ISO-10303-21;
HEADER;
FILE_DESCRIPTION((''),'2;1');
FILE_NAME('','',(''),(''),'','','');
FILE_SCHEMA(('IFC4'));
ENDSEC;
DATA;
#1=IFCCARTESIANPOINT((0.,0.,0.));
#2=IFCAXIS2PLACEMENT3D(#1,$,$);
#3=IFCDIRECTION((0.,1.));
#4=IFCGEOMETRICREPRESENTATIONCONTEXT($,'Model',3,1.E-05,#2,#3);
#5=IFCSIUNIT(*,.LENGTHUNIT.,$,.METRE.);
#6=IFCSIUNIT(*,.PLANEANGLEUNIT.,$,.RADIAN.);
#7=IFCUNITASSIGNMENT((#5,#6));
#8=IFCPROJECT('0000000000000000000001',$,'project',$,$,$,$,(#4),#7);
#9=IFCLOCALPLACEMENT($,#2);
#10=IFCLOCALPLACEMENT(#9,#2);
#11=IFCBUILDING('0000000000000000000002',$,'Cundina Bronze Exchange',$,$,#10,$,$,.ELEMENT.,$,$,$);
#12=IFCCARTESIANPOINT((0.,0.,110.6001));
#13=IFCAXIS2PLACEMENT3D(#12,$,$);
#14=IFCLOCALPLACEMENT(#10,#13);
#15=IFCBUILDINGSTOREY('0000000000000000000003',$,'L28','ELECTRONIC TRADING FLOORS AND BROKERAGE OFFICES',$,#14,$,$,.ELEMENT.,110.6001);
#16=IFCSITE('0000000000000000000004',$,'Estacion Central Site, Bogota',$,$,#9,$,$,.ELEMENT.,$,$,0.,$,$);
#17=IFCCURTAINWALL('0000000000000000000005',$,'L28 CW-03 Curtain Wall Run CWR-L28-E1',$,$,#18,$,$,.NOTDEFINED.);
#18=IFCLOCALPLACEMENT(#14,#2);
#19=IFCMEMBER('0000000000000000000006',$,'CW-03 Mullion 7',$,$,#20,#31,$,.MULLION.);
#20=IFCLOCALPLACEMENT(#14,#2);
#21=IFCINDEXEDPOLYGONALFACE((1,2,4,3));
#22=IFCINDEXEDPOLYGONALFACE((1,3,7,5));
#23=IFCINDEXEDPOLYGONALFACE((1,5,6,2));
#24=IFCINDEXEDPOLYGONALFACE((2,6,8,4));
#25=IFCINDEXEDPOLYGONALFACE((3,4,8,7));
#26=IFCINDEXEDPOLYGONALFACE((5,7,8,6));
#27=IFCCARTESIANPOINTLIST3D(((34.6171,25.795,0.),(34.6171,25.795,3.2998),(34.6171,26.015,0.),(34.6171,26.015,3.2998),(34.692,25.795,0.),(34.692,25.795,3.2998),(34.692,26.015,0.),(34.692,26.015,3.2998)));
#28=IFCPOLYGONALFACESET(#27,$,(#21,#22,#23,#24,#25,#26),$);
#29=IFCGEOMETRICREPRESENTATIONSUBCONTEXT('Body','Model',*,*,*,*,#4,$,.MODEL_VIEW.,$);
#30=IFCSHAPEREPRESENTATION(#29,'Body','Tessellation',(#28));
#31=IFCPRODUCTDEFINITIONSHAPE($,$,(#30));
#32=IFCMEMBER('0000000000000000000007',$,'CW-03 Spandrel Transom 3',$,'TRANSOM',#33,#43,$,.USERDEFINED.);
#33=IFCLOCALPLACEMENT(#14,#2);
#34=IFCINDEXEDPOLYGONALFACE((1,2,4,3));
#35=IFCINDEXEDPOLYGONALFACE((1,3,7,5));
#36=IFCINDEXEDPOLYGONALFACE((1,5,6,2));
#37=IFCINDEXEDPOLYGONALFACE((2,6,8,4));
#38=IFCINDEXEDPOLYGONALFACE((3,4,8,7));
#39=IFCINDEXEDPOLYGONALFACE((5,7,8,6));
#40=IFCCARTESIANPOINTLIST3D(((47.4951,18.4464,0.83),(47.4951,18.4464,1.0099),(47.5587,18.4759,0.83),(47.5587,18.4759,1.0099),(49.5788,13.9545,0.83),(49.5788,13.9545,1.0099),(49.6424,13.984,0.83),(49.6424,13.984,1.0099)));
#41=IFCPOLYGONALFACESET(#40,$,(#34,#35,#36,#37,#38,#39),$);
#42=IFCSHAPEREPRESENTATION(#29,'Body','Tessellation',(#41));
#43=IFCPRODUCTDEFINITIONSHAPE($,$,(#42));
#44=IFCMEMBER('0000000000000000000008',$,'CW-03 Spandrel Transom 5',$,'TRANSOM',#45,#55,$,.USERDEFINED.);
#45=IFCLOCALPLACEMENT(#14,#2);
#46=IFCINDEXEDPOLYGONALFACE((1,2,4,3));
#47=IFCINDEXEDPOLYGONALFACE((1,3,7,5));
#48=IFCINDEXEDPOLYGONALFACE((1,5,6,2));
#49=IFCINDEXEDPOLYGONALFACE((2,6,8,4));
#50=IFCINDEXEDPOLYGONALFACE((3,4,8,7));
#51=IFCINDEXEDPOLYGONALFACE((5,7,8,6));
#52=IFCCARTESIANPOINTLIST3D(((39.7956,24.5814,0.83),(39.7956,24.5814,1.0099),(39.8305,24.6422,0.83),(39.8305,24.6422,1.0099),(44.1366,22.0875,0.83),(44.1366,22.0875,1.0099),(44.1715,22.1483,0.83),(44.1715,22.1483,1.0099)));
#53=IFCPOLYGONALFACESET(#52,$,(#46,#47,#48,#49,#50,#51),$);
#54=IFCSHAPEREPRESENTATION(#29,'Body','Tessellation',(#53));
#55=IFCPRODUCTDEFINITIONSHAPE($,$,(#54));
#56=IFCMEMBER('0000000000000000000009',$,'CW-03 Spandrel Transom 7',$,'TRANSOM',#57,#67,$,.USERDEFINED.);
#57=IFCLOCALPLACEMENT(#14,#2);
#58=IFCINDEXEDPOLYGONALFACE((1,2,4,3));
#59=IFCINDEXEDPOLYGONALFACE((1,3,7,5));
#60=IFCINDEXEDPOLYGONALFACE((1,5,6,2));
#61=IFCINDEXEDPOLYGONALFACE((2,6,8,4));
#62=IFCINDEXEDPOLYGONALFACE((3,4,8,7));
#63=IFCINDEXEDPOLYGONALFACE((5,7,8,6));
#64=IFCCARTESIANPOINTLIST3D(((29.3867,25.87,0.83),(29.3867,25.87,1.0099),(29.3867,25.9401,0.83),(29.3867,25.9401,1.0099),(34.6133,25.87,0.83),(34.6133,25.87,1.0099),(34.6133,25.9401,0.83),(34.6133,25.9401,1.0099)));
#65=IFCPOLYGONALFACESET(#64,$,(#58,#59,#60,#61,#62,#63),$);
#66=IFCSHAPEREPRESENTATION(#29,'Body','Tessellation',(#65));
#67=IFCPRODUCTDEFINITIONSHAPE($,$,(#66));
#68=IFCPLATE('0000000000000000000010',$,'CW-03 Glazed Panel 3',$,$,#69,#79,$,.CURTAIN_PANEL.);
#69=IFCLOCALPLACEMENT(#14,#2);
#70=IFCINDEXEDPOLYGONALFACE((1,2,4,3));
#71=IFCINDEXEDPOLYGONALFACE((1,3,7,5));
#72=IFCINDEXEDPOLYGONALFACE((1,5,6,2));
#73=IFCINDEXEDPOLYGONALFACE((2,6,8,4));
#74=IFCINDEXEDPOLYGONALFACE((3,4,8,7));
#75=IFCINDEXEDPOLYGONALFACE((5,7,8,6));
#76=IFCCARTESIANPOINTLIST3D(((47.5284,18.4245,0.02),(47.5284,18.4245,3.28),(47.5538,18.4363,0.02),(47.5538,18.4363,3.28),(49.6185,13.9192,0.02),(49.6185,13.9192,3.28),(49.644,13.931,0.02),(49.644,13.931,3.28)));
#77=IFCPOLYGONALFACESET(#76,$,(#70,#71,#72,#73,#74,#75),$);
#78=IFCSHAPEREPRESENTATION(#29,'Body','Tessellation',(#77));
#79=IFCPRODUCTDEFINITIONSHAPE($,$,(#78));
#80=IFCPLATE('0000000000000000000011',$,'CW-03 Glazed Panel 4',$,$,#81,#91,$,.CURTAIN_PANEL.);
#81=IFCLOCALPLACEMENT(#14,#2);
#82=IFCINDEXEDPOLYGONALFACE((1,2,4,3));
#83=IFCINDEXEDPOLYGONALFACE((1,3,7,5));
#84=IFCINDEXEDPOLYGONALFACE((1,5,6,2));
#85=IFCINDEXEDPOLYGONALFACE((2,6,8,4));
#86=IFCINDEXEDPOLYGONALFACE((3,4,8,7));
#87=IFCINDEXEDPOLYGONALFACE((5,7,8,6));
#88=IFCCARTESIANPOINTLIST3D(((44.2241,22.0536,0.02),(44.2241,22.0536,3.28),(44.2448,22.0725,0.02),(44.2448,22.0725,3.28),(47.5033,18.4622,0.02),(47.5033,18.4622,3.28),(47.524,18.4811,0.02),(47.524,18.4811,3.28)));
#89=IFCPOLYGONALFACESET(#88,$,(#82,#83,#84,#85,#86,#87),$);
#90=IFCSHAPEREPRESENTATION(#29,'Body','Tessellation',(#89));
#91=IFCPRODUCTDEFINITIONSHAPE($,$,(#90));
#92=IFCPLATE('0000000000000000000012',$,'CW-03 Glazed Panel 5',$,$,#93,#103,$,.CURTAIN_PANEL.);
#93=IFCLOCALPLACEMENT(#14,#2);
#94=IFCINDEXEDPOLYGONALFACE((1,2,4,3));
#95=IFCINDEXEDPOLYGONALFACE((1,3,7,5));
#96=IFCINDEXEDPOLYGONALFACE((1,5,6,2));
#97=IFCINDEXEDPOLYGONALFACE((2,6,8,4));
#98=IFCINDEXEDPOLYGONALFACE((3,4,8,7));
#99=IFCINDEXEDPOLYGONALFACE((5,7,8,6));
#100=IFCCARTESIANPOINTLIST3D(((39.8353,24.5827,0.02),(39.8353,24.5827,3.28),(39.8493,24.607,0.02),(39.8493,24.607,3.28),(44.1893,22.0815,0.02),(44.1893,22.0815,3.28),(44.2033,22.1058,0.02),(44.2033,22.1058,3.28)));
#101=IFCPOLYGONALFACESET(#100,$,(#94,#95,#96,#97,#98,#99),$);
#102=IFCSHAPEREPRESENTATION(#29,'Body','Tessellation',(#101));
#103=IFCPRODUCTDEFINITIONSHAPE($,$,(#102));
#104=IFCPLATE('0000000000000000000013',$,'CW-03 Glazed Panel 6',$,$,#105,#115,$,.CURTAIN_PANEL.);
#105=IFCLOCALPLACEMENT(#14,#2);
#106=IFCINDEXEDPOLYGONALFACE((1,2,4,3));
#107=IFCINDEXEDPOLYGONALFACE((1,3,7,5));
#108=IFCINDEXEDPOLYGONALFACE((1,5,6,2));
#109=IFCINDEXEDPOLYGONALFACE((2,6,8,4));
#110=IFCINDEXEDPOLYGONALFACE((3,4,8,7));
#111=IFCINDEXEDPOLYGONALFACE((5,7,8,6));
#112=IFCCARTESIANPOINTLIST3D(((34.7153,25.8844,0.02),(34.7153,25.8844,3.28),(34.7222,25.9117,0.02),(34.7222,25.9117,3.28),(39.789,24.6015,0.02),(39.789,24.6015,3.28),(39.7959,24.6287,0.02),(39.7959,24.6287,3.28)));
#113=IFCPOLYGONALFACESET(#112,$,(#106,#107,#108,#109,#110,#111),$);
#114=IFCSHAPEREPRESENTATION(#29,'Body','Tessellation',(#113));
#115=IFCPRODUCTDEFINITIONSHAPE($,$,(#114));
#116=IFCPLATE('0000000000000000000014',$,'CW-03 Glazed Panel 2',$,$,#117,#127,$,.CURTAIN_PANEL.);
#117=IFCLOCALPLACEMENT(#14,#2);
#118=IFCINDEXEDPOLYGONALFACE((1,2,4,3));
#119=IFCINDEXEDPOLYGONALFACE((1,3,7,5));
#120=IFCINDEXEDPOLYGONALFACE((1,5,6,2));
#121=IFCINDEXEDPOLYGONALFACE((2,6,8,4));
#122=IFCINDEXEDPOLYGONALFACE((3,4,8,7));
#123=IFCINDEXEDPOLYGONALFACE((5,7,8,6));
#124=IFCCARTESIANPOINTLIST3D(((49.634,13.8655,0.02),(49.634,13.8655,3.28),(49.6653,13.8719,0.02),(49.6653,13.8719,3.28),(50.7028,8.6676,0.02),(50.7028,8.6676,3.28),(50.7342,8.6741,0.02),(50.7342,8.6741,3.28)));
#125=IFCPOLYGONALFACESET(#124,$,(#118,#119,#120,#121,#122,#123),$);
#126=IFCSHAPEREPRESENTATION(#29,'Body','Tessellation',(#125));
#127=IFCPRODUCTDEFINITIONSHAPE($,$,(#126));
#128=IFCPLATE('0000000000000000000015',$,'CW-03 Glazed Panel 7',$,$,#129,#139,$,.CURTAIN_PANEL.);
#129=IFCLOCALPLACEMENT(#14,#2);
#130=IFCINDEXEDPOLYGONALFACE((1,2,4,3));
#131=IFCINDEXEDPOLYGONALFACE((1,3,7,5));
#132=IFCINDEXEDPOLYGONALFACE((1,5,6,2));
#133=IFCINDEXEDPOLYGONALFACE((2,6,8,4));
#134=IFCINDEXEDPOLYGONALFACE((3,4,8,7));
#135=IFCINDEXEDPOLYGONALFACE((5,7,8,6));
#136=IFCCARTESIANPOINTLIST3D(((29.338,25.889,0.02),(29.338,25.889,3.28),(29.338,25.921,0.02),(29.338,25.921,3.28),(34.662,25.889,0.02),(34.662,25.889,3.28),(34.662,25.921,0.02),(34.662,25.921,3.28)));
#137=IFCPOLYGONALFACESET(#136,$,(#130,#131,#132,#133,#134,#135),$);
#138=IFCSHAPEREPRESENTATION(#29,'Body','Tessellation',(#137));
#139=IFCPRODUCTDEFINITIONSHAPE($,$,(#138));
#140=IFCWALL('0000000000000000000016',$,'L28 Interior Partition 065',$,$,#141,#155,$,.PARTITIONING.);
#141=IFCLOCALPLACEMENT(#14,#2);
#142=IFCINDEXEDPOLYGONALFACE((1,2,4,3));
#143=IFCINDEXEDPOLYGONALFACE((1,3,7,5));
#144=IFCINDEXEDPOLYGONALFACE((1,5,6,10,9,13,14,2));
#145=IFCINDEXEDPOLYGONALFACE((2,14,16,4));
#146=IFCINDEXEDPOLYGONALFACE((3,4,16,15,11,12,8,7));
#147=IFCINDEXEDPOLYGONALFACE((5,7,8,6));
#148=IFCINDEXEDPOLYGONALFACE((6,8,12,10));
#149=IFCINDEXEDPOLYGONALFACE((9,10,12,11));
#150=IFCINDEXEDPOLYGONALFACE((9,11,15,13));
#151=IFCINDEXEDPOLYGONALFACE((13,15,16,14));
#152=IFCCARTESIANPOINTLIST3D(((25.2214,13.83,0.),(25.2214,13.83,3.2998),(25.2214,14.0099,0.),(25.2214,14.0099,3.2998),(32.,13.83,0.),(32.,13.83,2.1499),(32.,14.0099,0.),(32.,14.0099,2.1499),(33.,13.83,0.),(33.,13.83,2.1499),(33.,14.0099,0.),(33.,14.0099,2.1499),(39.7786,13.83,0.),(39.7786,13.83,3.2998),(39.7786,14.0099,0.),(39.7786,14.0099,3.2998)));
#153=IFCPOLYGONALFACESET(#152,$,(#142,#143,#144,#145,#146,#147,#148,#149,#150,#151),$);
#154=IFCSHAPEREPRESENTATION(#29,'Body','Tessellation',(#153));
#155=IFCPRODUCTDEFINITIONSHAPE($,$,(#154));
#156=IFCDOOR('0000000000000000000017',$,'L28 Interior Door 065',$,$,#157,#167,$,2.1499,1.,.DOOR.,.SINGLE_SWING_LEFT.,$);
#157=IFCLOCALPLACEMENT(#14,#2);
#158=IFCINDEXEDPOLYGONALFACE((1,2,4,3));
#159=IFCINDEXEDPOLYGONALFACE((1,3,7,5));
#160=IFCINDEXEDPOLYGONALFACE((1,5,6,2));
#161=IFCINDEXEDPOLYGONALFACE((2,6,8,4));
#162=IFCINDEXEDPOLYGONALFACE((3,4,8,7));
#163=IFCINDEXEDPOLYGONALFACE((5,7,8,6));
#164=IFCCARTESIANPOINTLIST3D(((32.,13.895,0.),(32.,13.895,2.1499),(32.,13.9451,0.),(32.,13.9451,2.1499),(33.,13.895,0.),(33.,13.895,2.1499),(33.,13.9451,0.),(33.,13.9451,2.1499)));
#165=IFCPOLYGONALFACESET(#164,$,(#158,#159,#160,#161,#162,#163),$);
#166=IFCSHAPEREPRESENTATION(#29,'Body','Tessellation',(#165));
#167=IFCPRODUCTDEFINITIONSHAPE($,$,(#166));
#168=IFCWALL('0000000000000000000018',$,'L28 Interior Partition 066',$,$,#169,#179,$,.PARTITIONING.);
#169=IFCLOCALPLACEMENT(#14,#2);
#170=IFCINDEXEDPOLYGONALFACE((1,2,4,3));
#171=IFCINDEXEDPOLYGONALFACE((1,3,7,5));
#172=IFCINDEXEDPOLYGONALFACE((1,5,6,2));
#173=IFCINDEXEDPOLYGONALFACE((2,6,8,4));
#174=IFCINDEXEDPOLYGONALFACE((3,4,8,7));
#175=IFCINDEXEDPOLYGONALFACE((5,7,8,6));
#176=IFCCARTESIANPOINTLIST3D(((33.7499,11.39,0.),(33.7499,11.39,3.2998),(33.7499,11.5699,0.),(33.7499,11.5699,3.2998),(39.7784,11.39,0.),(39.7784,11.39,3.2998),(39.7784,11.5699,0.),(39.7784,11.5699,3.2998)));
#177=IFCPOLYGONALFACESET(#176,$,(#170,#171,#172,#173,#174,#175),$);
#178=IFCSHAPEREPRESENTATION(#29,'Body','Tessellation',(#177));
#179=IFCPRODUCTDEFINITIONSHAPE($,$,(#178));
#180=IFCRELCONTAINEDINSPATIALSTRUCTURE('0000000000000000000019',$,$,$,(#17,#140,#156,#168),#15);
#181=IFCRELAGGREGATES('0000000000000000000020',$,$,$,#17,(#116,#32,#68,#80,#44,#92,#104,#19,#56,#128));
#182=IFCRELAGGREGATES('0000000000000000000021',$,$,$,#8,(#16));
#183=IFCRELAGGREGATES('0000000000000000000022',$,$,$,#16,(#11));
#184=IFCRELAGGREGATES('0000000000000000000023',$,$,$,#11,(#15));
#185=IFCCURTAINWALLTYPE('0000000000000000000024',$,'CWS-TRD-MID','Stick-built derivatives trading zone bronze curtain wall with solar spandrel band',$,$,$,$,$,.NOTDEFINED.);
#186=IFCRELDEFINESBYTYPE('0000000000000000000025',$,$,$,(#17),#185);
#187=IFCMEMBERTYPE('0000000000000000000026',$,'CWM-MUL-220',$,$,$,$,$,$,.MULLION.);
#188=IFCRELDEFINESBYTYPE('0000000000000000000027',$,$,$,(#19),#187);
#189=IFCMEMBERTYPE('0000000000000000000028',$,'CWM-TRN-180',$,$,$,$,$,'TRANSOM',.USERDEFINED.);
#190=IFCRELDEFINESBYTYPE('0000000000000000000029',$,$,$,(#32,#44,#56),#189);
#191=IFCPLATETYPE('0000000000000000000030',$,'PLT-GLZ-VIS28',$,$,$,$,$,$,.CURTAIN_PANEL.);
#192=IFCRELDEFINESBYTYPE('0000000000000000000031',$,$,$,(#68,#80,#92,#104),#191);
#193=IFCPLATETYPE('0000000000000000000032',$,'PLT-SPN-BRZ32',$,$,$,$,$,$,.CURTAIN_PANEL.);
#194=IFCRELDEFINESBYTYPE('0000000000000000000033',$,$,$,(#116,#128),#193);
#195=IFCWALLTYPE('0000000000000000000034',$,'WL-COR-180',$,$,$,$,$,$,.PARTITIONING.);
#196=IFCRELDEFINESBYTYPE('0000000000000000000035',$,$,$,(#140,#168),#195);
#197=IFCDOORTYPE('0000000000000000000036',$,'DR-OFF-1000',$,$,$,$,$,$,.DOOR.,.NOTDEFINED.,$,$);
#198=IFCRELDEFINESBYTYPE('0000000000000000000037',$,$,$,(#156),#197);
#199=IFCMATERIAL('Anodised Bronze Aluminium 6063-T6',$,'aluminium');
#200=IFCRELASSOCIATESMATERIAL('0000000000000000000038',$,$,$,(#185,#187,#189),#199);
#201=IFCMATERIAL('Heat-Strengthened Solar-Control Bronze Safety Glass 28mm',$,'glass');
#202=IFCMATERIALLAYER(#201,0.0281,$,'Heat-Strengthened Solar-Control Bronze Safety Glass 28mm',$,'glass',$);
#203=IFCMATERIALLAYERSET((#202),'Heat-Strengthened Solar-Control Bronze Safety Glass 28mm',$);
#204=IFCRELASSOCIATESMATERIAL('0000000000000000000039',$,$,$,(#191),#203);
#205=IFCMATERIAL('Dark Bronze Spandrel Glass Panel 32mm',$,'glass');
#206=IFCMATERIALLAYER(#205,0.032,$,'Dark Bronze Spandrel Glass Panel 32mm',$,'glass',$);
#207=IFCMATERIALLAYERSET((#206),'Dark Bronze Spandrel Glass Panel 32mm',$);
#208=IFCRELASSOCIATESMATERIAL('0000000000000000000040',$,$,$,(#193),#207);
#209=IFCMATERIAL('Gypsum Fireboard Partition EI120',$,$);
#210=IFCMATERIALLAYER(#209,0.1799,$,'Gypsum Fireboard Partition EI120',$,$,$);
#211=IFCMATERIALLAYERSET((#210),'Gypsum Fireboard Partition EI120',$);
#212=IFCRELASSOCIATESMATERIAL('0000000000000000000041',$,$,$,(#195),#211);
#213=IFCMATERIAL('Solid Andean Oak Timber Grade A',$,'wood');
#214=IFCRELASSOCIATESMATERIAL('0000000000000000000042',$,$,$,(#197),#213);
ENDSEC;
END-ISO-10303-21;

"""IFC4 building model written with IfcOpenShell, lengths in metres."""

from ifc_helpers import new_model, si_unit, direction, frame, frame_2d, origin, origin_2d, place, context, subcontext, project, spatial, rectangle, extrude, material, layer, layer_set, material_profile, profile_set, type_object, element, fill, aggregate, save


model = new_model("IFC4")

# Units and contexts
model_context = context("Model", 3, precision=1e-05, world=origin(), true_north=direction((0.0, 1.0)))
body_context = subcontext(model_context, "Body", "Model", "MODEL_VIEW")
ifc_project = project(units=[si_unit("LENGTHUNIT", "METRE"), si_unit("PLANEANGLEUNIT", "RADIAN")], contexts=[model_context])

# Site, building, storey
site_placement = place(None, origin())
site = spatial("IfcSite", under=ifc_project, at=site_placement, Name="Estacion Central Site, Bogota", CompositionType="ELEMENT", RefElevation=0.0)
building_placement = place(site_placement, origin())
building = spatial("IfcBuilding", under=site, at=building_placement, Name="Cundina Bronze Exchange", CompositionType="ELEMENT")
storey_placement = place(building_placement, frame((0.0, 0.0, 110.6001)))
storey = spatial("IfcBuildingStorey", under=building, at=storey_placement, Name="L28", Description="ELECTRONIC TRADING FLOORS AND BROKERAGE OFFICES", CompositionType="ELEMENT", Elevation=110.6001)

# Curtain wall, members, plates
ifc_material_1 = material(Name="Anodised Bronze Aluminium 6063-T6", Category="aluminium")
curtain_wall_type = type_object("IfcCurtainWallType", Name="CWS-TRD-MID", Description="Stick-built derivatives trading zone bronze curtain wall with solar spandrel band", PredefinedType="NOTDEFINED", material=ifc_material_1)
curtain_wall_placement = place(storey_placement, origin())
curtain_wall = element("IfcCurtainWall", 1, at=curtain_wall_placement, inside=storey, type_object=curtain_wall_type, Name="L28 CW-03 Curtain Wall Run CWR-L28-E1", PredefinedType="NOTDEFINED")
ifc_material_profile_1 = material_profile(ifc_material_1, rectangle(XDim=0.075, YDim=0.22, at=origin_2d()), Name="AL75X220", Category="aluminium")
ifc_profile_set_1 = profile_set([ifc_material_profile_1], Name="Anodised Bronze Aluminium 6063-T6")
member_type_1 = type_object("IfcMemberType", Name="CWM-MUL-220", PredefinedType="MULLION", material=ifc_profile_set_1)
member_1_placement = place(storey_placement, frame((34.6545, 25.905, 0.0), z_axis=(0.0, 0.0, 1.0), x_axis=(-1.0, 0.0, 0.0)))
member_1 = element("IfcMember", 2, at=member_1_placement, type_object=member_type_1, Name="CW-03 Mullion 7", PredefinedType="MULLION", context=body_context, shape_type="SweptSolid", body=[
    extrude(rectangle(XDim=0.075, YDim=0.22, at=origin_2d()), origin(), (0.0, 0.0, 1.0), 3.2998),
])
ifc_material_profile_2 = material_profile(ifc_material_1, rectangle(XDim=0.0701, YDim=0.1799, at=origin_2d()), Name="AL70X180", Category="aluminium")
ifc_profile_set_2 = profile_set([ifc_material_profile_2], Name="Anodised Bronze Aluminium 6063-T6")
member_type_2 = type_object("IfcMemberType", Name="CWM-TRN-180", ElementType="TRANSOM", PredefinedType="USERDEFINED", material=ifc_profile_set_2)
member_2_placement = place(storey_placement, frame((49.6106, 13.9692, 0.9199), z_axis=(-0.420811, 0.907148, 0.0), x_axis=(-0.907148, -0.420811, 0.0)))
member_2 = element("IfcMember", 3, at=member_2_placement, type_object=member_type_2, Name="CW-03 Spandrel Transom 3", ObjectType="TRANSOM", PredefinedType="USERDEFINED", context=body_context, shape_type="SweptSolid", body=[
    extrude(rectangle(XDim=0.0701, YDim=0.1799, at=origin_2d()), origin(), (0.0, 0.0, 1.0), 4.9517),
])
member_3_placement = place(storey_placement, frame((44.1541, 22.1179, 0.9199), z_axis=(-0.867097, 0.498139, 0.0), x_axis=(-0.498139, -0.867097, 0.0)))
member_3 = element("IfcMember", 4, at=member_3_placement, type_object=member_type_2, Name="CW-03 Spandrel Transom 5", ObjectType="TRANSOM", PredefinedType="USERDEFINED", context=body_context, shape_type="SweptSolid", body=[
    extrude(rectangle(XDim=0.0701, YDim=0.1799, at=origin_2d()), origin(), (0.0, 0.0, 1.0), 5.0063),
])
member_4_placement = place(storey_placement, frame((34.6133, 25.905, 0.9199), z_axis=(-1.0, 0.0, 0.0), x_axis=(0.0, -1.0, 0.0)))
member_4 = element("IfcMember", 5, at=member_4_placement, type_object=member_type_2, Name="CW-03 Spandrel Transom 7", ObjectType="TRANSOM", PredefinedType="USERDEFINED", context=body_context, shape_type="SweptSolid", body=[
    extrude(rectangle(XDim=0.0701, YDim=0.1799, at=origin_2d()), origin(), (0.0, 0.0, 1.0), 5.2266),
])
ifc_material_2 = material(Name="Heat-Strengthened Solar-Control Bronze Safety Glass 28mm", Category="glass")
ifc_layer_1 = layer(ifc_material_2, 0.0281, Name="Heat-Strengthened Solar-Control Bronze Safety Glass 28mm", Category="glass")
ifc_layer_set_1 = layer_set([ifc_layer_1], Name="Heat-Strengthened Solar-Control Bronze Safety Glass 28mm")
plate_type_1 = type_object("IfcPlateType", Name="PLT-GLZ-VIS28", PredefinedType="CURTAIN_PANEL", material=ifc_layer_set_1)
plate_1_placement = place(storey_placement, frame((48.5862, 16.1777, 0.02), z_axis=(0.0, 0.0, 1.0), x_axis=(-0.420846, 0.907132, 0.0)))
plate_1 = element("IfcPlate", 6, at=plate_1_placement, type_object=plate_type_1, Name="CW-03 Glazed Panel 3", PredefinedType="CURTAIN_PANEL", context=body_context, shape_type="SweptSolid", body=[
    extrude(rectangle(XDim=4.9666, YDim=0.0281, at=origin_2d()), origin(), (0.0, 0.0, 1.0), 3.26),
])
plate_2_placement = place(storey_placement, frame((45.874, 20.2673, 0.02), z_axis=(0.0, 0.0, 1.0), x_axis=(-0.674277, 0.738479, 0.0)))
plate_2 = element("IfcPlate", 7, at=plate_2_placement, type_object=plate_type_1, Name="CW-03 Glazed Panel 4", PredefinedType="CURTAIN_PANEL", context=body_context, shape_type="SweptSolid", body=[
    extrude(rectangle(XDim=4.8633, YDim=0.0281, at=origin_2d()), origin(), (0.0, 0.0, 1.0), 3.26),
])
plate_3_placement = place(storey_placement, frame((42.0193, 23.3442, 0.02), z_axis=(0.0, 0.0, 1.0), x_axis=(-0.867105, 0.498125, 0.0)))
plate_3 = element("IfcPlate", 8, at=plate_3_placement, type_object=plate_type_1, Name="CW-03 Glazed Panel 5", PredefinedType="CURTAIN_PANEL", context=body_context, shape_type="SweptSolid", body=[
    extrude(rectangle(XDim=5.0212, YDim=0.0281, at=origin_2d()), origin(), (0.0, 0.0, 1.0), 3.26),
])
plate_4_placement = place(storey_placement, frame((37.2556, 25.2566, 0.02), z_axis=(0.0, 0.0, 1.0), x_axis=(-0.969488, 0.245138, 0.0)))
plate_4 = element("IfcPlate", 9, at=plate_4_placement, type_object=plate_type_1, Name="CW-03 Glazed Panel 6", PredefinedType="CURTAIN_PANEL", context=body_context, shape_type="SweptSolid", body=[
    extrude(rectangle(XDim=5.2334, YDim=0.0281, at=origin_2d()), origin(), (0.0, 0.0, 1.0), 3.26),
])
ifc_material_3 = material(Name="Dark Bronze Spandrel Glass Panel 32mm", Category="glass")
ifc_layer_2 = layer(ifc_material_3, 0.032, Name="Dark Bronze Spandrel Glass Panel 32mm", Category="glass")
ifc_layer_set_2 = layer_set([ifc_layer_2], Name="Dark Bronze Spandrel Glass Panel 32mm")
plate_type_2 = type_object("IfcPlateType", Name="PLT-SPN-BRZ32", PredefinedType="CURTAIN_PANEL", material=ifc_layer_set_2)
plate_5_placement = place(storey_placement, frame((50.1841, 11.2698, 0.02), z_axis=(0.0, 0.0, 1.0), x_axis=(-0.20142, 0.979505, 0.0)))
plate_5 = element("IfcPlate", 10, at=plate_5_placement, type_object=plate_type_2, Name="CW-03 Glazed Panel 2", PredefinedType="CURTAIN_PANEL", context=body_context, shape_type="SweptSolid", body=[
    extrude(rectangle(XDim=5.3066, YDim=0.032, at=origin_2d()), origin(), (0.0, 0.0, 1.0), 3.26),
])
plate_6_placement = place(storey_placement, frame((32.0, 25.905, 0.02), z_axis=(0.0, 0.0, 1.0), x_axis=(-1.0, 0.0, 0.0)))
plate_6 = element("IfcPlate", 11, at=plate_6_placement, type_object=plate_type_2, Name="CW-03 Glazed Panel 7", PredefinedType="CURTAIN_PANEL", context=body_context, shape_type="SweptSolid", body=[
    extrude(rectangle(XDim=5.324, YDim=0.032, at=origin_2d()), origin(), (0.0, 0.0, 1.0), 3.26),
])
aggregate(curtain_wall, [plate_5, member_2, plate_1, plate_2, member_3, plate_3, plate_4, member_1, member_4, plate_6])

# Wall, opening, door
ifc_material_4 = material(Name="Gypsum Fireboard Partition EI120")
ifc_layer_3 = layer(ifc_material_4, 0.1799, Name="Gypsum Fireboard Partition EI120")
ifc_layer_set_3 = layer_set([ifc_layer_3], Name="Gypsum Fireboard Partition EI120")
wall_type_1 = type_object("IfcWallType", Name="WL-COR-180", PredefinedType="PARTITIONING", material=ifc_layer_set_3)
wall_1_placement = place(storey_placement, frame((39.7786, 13.9199, 0.0), z_axis=(0.0, 0.0, 1.0), x_axis=(-1.0, 0.0, 0.0)))
wall_1 = element("IfcWall", 12, at=wall_1_placement, inside=storey, type_object=wall_type_1, Name="L28 Interior Partition 065", PredefinedType="PARTITIONING", context=body_context, shape_type="SweptSolid", body=[
    extrude(rectangle(XDim=14.5571, YDim=0.1799, at=frame_2d((7.2786, 0.0))), origin(), (0.0, 0.0, 1.0), 3.2998),
])
opening_placement = place(wall_1_placement, frame((6.7786, 0.0, 0.0)))
opening = element("IfcOpeningElement", 13, at=opening_placement, cuts=wall_1, PredefinedType="OPENING", context=body_context, shape_type="SweptSolid", body=[
    extrude(rectangle(XDim=1.0, YDim=2.1499, at=frame_2d((0.5, 1.075))), frame((0.0, 0.0999, 0.0), z_axis=(0.0, -1.0, 0.0), x_axis=(1.0, 0.0, 0.0)), (0.0, 0.0, 1.0), 0.2),
])
ifc_material_5 = material(Name="Solid Andean Oak Timber Grade A", Category="wood")
door_type = type_object("IfcDoorType", Name="DR-OFF-1000", OperationType="NOTDEFINED", PredefinedType="DOOR", material=ifc_material_5)
door_placement = place(opening_placement, origin())
door = element("IfcDoor", 14, at=door_placement, inside=storey, type_object=door_type, Name="L28 Interior Door 065", OperationType="SINGLE_SWING_LEFT", OverallHeight=2.1499, OverallWidth=1.0, PredefinedType="DOOR", context=body_context, shape_type="SweptSolid", body=[
    extrude(rectangle(XDim=1.0, YDim=2.1499, at=frame_2d((0.5, 1.075))), frame((0.0, 0.0249, 0.0), z_axis=(0.0, -1.0, 0.0), x_axis=(1.0, 0.0, 0.0)), (0.0, 0.0, 1.0), 0.05),
])
fill(opening, door)

# Wall
wall_2_placement = place(storey_placement, frame((33.75, 11.48, 0.0), z_axis=(0.0, 0.0, 1.0), x_axis=(1.0, 0.0, 0.0)))
element("IfcWall", 15, at=wall_2_placement, inside=storey, type_object=wall_type_1, Name="L28 Interior Partition 066", PredefinedType="PARTITIONING", context=body_context, shape_type="SweptSolid", body=[
    extrude(rectangle(XDim=6.0286, YDim=0.1799, at=frame_2d((3.0142, 0.0))), origin(), (0.0, 0.0, 1.0), 3.2998),
])

save(model, "model.ifc")
